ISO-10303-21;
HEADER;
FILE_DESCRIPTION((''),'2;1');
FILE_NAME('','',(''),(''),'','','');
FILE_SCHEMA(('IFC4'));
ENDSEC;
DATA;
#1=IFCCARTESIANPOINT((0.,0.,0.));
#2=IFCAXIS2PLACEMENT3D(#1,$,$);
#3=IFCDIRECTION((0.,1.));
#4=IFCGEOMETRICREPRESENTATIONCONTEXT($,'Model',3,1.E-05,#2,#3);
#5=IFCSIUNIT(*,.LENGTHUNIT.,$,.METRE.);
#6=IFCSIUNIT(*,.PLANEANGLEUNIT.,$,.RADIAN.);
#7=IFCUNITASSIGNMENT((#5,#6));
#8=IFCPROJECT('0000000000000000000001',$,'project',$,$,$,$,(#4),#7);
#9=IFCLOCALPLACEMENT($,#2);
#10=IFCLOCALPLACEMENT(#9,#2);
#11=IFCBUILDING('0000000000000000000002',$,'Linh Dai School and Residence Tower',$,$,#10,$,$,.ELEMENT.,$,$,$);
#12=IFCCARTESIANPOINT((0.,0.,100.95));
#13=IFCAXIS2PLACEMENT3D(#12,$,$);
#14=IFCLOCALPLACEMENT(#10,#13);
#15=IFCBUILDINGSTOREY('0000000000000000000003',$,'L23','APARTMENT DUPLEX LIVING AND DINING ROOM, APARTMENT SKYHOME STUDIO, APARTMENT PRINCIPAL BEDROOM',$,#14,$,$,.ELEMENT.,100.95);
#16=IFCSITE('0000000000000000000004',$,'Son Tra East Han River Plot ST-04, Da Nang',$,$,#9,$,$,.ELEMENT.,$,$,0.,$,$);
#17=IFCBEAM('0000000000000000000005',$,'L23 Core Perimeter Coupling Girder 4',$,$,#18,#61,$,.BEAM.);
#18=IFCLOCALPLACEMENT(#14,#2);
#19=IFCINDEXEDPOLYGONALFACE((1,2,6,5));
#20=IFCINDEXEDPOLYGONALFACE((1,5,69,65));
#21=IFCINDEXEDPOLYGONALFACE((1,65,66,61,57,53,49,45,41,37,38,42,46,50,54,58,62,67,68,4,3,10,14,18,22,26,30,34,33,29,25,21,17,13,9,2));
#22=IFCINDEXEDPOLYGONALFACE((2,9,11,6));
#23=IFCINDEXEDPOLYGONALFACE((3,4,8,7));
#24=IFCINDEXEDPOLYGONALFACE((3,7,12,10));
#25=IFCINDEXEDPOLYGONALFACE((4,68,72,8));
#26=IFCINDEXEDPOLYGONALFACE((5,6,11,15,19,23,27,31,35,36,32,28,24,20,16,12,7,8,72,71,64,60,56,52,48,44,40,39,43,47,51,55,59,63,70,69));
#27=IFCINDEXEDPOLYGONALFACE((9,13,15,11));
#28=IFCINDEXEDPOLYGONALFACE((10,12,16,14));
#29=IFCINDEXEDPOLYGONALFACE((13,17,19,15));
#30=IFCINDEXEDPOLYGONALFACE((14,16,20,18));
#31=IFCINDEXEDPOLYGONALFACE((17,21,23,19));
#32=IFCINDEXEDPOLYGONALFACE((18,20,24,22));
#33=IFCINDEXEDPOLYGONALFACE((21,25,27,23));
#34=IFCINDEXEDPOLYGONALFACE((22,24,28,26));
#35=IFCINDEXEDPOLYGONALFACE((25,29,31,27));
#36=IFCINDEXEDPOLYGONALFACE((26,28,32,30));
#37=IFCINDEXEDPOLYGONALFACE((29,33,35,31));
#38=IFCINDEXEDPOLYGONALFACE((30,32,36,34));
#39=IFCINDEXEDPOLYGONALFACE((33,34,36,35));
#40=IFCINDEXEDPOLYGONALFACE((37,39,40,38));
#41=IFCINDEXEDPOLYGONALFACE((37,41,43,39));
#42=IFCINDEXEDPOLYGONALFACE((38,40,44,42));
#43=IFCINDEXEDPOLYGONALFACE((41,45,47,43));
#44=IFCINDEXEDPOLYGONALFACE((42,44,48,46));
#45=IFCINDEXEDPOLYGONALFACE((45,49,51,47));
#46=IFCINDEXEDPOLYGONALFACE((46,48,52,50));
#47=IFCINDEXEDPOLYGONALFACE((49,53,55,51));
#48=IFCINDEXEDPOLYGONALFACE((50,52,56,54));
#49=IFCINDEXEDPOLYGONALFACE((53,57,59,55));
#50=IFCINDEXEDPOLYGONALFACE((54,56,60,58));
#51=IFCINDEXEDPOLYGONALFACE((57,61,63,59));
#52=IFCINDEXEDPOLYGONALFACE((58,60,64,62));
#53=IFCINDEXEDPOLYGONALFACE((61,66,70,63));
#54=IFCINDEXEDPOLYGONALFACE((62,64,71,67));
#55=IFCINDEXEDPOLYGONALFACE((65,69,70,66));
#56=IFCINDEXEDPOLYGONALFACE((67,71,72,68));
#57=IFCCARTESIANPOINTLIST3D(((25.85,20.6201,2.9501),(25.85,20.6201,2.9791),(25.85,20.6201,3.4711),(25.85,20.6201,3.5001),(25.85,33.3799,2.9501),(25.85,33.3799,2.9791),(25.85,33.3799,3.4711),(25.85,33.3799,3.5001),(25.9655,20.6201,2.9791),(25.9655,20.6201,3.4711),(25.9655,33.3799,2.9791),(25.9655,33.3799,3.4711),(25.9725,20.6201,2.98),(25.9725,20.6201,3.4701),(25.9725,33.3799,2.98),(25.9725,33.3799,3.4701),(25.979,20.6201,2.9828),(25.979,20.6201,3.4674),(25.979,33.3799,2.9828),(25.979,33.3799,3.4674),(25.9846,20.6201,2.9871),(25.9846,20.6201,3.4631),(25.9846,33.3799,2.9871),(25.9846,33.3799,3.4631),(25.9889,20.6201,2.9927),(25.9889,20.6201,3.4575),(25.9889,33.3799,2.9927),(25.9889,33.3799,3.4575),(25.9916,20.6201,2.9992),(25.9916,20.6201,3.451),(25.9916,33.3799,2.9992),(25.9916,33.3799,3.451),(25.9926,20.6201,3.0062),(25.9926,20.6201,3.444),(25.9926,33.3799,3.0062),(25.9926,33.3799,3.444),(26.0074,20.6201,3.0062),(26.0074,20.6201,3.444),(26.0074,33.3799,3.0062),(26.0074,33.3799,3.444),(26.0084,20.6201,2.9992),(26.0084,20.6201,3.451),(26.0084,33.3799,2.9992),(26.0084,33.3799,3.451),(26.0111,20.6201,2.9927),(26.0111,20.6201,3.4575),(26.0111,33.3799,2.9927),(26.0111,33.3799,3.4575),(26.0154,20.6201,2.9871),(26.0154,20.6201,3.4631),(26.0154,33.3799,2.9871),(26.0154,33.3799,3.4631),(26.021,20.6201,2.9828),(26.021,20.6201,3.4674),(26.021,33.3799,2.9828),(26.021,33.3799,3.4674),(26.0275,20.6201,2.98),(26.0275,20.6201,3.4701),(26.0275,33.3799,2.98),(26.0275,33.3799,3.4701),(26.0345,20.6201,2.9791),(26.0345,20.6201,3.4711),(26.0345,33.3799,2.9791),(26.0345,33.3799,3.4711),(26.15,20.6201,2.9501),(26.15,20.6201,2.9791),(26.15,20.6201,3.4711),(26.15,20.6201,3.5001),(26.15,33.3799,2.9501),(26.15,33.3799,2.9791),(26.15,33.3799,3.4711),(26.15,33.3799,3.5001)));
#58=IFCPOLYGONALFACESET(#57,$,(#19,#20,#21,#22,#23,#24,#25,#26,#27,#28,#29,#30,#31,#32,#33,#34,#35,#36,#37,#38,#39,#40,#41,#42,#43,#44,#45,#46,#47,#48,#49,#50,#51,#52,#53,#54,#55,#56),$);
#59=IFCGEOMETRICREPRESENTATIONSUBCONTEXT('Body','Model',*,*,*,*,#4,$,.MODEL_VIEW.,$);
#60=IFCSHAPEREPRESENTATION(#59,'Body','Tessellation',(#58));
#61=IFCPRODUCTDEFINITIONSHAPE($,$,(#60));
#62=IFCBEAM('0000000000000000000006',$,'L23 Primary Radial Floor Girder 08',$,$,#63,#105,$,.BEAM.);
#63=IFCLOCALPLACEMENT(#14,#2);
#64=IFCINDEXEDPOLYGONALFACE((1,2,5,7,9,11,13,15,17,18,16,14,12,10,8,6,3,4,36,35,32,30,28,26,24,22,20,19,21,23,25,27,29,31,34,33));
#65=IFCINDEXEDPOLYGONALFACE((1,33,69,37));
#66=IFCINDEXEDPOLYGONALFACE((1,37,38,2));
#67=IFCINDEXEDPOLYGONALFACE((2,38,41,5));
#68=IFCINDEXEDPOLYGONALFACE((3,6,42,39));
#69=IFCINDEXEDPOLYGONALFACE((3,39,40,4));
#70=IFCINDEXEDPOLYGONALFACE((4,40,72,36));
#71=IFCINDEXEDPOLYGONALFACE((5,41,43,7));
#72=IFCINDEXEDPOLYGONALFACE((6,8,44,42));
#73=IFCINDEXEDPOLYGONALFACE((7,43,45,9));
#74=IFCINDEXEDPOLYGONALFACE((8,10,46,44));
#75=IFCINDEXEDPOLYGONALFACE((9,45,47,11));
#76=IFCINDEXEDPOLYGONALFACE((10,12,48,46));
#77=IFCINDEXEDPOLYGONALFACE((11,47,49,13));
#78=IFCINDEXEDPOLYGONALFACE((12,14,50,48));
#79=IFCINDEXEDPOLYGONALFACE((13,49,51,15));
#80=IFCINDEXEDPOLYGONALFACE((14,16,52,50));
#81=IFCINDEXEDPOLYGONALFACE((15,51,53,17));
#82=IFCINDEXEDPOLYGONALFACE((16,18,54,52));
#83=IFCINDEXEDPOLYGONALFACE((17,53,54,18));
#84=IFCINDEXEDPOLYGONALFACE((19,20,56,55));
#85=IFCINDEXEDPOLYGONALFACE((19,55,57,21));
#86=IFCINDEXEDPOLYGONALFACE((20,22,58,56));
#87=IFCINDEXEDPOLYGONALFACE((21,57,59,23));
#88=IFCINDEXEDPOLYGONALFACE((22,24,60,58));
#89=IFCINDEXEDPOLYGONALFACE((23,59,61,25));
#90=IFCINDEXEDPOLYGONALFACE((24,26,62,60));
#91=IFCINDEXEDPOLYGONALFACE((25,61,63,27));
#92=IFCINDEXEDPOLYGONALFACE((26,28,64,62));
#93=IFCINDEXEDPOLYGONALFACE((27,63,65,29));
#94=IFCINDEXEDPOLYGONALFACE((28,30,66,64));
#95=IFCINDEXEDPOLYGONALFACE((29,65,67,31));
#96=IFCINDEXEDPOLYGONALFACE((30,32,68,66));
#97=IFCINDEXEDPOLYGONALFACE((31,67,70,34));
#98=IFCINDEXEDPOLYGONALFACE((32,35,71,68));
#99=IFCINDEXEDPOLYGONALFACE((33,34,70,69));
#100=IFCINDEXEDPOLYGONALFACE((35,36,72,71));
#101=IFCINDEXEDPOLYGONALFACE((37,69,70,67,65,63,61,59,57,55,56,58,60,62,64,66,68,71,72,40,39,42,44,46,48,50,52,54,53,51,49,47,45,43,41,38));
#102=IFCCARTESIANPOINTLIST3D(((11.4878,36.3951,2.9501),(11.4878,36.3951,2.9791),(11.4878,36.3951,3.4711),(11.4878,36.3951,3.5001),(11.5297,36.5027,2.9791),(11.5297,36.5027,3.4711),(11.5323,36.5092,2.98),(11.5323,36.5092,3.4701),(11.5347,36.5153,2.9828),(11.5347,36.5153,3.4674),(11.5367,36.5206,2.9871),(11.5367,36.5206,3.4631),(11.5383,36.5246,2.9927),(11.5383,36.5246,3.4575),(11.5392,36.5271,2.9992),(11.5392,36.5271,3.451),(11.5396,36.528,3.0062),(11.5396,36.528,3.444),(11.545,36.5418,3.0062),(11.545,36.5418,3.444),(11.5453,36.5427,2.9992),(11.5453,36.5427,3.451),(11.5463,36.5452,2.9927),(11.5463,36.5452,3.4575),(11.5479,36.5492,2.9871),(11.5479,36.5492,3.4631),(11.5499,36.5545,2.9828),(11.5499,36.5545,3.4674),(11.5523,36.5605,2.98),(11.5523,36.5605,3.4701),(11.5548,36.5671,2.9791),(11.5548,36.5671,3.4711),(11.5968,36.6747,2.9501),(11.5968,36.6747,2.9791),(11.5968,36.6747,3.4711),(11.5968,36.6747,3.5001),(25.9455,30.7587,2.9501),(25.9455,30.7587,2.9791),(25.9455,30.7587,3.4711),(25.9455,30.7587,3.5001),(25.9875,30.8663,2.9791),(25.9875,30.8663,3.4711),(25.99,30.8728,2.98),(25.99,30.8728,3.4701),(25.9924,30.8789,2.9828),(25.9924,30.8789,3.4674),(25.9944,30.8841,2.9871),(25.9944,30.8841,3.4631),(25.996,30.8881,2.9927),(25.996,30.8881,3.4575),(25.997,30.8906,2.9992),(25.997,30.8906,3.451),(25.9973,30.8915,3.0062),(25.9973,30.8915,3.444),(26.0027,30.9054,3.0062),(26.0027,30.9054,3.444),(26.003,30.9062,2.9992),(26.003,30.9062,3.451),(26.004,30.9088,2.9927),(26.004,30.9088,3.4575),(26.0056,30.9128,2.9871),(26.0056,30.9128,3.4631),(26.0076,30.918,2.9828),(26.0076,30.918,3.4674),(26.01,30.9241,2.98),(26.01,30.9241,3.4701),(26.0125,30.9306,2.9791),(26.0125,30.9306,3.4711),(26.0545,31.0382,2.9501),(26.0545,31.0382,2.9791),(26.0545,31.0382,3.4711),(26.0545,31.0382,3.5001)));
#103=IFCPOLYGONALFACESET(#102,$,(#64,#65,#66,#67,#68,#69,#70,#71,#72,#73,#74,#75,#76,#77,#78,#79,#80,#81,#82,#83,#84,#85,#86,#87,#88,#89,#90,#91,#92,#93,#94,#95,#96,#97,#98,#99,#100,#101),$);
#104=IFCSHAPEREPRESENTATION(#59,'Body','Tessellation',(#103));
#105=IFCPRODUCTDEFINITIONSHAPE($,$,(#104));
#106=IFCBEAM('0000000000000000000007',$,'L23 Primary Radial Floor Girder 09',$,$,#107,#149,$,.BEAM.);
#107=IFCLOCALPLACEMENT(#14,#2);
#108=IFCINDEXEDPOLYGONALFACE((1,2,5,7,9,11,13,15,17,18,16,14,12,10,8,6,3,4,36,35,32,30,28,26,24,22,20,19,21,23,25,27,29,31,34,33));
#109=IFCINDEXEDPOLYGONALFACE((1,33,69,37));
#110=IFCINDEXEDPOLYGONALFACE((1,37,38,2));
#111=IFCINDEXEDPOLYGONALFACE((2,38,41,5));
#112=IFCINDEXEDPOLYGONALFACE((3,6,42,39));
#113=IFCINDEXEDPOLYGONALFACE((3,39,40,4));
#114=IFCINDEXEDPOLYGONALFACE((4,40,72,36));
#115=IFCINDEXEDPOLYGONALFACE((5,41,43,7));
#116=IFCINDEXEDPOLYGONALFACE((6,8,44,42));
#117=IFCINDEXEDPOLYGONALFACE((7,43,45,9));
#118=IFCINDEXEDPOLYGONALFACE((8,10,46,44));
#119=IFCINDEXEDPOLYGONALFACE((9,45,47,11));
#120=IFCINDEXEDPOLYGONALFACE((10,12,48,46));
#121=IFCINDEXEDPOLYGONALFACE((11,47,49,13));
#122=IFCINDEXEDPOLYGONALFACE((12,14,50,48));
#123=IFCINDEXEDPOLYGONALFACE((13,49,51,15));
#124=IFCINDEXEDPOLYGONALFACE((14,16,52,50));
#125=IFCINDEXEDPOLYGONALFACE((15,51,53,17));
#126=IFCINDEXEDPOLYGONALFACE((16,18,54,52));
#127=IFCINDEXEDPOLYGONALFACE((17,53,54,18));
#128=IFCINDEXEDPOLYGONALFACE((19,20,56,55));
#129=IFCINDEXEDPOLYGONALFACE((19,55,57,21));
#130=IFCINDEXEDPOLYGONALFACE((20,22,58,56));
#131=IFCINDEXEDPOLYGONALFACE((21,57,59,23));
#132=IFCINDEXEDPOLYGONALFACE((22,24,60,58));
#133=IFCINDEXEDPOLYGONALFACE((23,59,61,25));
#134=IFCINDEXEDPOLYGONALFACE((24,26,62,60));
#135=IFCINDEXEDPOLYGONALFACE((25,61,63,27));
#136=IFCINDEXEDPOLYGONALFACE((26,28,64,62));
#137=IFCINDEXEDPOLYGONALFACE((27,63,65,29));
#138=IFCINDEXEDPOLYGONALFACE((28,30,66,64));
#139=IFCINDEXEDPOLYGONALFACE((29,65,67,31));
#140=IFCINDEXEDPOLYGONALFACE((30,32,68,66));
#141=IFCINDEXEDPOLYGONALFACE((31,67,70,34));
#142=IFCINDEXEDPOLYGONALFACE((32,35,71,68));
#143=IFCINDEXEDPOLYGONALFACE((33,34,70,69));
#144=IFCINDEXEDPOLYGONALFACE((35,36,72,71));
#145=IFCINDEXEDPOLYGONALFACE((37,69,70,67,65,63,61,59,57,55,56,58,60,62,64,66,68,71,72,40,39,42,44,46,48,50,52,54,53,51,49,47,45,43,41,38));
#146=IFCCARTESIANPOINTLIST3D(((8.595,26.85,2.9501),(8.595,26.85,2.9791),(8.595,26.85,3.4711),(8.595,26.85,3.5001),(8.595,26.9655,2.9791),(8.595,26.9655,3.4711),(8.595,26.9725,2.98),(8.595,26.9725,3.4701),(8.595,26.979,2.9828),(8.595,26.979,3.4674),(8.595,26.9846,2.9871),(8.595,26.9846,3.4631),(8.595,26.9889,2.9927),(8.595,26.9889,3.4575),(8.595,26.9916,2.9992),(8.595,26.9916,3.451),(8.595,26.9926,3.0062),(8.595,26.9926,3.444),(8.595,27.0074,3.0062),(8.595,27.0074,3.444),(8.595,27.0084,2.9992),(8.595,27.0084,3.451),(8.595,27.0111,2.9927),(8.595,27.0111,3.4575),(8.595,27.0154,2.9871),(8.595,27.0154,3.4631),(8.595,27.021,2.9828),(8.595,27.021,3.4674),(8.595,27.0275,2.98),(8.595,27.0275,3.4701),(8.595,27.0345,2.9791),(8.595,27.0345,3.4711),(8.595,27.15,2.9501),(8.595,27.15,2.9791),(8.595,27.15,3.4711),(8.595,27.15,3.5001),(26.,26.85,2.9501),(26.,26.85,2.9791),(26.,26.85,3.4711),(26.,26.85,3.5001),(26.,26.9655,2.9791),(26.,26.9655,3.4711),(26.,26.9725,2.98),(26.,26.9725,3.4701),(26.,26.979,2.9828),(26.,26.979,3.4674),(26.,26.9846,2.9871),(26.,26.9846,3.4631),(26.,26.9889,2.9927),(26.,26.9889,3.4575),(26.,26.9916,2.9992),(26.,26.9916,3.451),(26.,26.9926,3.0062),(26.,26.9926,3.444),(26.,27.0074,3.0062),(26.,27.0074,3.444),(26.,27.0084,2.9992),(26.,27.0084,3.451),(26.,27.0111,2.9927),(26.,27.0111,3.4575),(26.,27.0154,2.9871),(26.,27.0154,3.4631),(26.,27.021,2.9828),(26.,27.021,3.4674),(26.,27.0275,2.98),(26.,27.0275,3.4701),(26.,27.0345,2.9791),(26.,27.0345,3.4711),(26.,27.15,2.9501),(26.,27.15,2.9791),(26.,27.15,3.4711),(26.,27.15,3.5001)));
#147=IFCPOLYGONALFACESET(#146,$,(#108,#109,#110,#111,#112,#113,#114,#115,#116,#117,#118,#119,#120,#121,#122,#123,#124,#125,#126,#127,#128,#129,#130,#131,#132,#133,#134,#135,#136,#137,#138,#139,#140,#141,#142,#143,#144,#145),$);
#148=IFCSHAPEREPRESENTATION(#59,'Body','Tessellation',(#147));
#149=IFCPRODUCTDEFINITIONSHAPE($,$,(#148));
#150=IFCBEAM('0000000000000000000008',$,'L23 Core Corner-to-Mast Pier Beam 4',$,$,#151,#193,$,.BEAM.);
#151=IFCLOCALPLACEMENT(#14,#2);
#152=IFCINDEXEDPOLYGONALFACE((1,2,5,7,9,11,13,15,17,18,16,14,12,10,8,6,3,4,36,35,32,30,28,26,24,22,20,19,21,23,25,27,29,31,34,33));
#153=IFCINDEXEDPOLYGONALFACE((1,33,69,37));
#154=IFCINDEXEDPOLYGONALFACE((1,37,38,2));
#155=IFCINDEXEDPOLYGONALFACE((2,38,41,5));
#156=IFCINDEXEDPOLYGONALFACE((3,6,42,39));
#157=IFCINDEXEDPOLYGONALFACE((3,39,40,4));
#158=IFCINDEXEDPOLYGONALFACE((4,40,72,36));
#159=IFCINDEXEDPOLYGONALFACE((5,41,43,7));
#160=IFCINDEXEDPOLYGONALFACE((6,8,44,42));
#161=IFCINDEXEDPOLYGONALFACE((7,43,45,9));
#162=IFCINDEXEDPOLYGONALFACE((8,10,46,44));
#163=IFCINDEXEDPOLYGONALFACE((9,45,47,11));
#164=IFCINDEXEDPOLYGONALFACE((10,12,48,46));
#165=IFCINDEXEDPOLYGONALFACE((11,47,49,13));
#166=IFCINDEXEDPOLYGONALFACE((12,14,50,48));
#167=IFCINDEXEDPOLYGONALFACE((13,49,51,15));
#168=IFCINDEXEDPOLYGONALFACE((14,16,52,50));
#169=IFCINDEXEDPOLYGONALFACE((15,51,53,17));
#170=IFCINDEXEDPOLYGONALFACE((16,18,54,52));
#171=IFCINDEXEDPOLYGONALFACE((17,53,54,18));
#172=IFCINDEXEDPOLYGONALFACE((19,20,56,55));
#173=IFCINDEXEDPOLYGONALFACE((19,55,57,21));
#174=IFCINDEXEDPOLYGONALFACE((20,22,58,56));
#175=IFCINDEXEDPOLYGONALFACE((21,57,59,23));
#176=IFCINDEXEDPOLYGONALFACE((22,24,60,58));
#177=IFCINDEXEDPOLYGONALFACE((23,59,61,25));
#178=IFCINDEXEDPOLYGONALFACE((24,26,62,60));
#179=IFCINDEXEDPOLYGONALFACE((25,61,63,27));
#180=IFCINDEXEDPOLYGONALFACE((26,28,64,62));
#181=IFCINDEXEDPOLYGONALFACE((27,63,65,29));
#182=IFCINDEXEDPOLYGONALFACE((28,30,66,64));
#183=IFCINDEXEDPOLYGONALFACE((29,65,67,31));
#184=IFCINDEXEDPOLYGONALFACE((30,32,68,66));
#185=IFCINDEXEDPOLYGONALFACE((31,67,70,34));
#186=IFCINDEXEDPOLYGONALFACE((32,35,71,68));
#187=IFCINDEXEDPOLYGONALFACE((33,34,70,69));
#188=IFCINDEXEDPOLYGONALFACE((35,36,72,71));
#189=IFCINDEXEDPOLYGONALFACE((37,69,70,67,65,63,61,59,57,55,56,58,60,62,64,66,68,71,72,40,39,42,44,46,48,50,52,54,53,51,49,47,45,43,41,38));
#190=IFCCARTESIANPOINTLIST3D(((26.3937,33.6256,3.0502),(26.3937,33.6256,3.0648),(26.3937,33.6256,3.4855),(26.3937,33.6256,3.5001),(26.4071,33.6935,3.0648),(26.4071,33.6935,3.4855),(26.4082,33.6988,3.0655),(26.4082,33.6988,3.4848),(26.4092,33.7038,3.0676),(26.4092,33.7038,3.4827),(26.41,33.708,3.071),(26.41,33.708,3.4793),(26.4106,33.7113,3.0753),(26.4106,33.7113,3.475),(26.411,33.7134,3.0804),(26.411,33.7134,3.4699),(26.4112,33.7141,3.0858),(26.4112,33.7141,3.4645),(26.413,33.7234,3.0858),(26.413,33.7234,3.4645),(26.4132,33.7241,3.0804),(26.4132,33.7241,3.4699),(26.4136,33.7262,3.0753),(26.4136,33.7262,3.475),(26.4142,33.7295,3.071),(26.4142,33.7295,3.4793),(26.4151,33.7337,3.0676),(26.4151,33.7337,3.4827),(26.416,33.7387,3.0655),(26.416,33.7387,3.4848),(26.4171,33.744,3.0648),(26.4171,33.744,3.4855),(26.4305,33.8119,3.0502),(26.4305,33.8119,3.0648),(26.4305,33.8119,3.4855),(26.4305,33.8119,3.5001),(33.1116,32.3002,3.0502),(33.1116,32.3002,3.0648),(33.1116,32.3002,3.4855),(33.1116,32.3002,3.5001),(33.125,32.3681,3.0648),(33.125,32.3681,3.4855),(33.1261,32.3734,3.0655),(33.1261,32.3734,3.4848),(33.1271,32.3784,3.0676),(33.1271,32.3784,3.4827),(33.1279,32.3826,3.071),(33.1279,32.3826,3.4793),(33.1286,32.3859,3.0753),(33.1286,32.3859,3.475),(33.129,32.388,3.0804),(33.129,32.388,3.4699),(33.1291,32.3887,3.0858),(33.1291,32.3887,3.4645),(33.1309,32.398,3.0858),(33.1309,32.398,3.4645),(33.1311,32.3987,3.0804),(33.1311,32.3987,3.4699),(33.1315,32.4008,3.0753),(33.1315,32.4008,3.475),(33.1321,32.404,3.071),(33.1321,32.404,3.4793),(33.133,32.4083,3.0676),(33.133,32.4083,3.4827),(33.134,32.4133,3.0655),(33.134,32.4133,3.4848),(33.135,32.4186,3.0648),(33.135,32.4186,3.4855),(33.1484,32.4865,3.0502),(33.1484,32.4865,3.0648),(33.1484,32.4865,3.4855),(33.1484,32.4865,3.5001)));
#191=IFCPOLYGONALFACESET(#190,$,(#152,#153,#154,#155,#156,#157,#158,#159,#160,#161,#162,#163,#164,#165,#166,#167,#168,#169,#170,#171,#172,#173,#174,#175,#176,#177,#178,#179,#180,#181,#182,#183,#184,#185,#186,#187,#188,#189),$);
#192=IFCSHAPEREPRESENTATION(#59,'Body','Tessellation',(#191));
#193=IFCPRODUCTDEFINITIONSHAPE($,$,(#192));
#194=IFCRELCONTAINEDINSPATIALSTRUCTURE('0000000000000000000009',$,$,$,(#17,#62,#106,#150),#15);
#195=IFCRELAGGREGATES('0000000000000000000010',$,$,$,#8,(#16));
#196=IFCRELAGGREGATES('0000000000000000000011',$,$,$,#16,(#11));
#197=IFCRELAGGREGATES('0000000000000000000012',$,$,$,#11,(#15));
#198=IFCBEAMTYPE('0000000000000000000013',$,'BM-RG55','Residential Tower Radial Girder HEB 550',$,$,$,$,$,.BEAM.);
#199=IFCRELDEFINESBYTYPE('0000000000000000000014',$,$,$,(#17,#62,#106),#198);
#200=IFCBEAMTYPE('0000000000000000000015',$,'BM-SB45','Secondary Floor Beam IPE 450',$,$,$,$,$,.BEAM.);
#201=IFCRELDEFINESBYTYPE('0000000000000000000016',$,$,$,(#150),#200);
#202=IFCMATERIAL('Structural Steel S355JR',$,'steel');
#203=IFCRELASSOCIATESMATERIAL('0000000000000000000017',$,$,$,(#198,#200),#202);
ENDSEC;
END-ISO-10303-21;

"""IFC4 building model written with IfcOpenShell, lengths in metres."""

from ifc_helpers import new_model, si_unit, direction, frame, origin, origin_2d, place, context, subcontext, project, spatial, i_section, extrude, material, material_profile, profile_set, type_object, element, save


model = new_model("IFC4")

# Units and contexts
model_context = context("Model", 3, precision=1e-05, world=origin(), true_north=direction((0.0, 1.0)))
body_context = subcontext(model_context, "Body", "Model", "MODEL_VIEW")
ifc_project = project(units=[si_unit("LENGTHUNIT", "METRE"), si_unit("PLANEANGLEUNIT", "RADIAN")], contexts=[model_context])

# Site, building, storey
site_placement = place(None, origin())
site = spatial("IfcSite", under=ifc_project, at=site_placement, Name="Son Tra East Han River Plot ST-04, Da Nang", CompositionType="ELEMENT", RefElevation=0.0)
building_placement = place(site_placement, origin())
building = spatial("IfcBuilding", under=site, at=building_placement, Name="Linh Dai School and Residence Tower", CompositionType="ELEMENT")
storey_placement = place(building_placement, frame((0.0, 0.0, 100.95)))
storey = spatial("IfcBuildingStorey", under=building, at=storey_placement, Name="L23", Description="APARTMENT DUPLEX LIVING AND DINING ROOM, APARTMENT SKYHOME STUDIO, APARTMENT PRINCIPAL BEDROOM", CompositionType="ELEMENT", Elevation=100.95)

# Shared definitions
ifc_material_1 = material(Name="Structural Steel S355JR", Category="steel")

# Beams
ifc_material_profile_1 = material_profile(ifc_material_1, i_section(OverallWidth=0.3, OverallDepth=0.55, WebThickness=0.0149, FlangeThickness=0.0291, FilletRadius=0.0271, at=origin_2d()), Name="HEB 550")
ifc_profile_set_1 = profile_set([ifc_material_profile_1], Name="Structural Steel S355JR")
beam_type_1 = type_object("IfcBeamType", Name="BM-RG55", Description="Residential Tower Radial Girder HEB 550", PredefinedType="BEAM", material=ifc_profile_set_1)
beam_1_placement = place(storey_placement, frame((26.0, 33.3799, 3.2251), z_axis=(0.0, -1.0, 0.0), x_axis=(1.0, 0.0, 0.0)))
element("IfcBeam", 1, at=beam_1_placement, inside=storey, type_object=beam_type_1, Name="L23 Core Perimeter Coupling Girder 4", PredefinedType="BEAM", context=body_context, shape_type="SweptSolid", body=[
    extrude(i_section(OverallWidth=0.3, OverallDepth=0.55, WebThickness=0.0149, FlangeThickness=0.0291, FilletRadius=0.0271, at=origin_2d()), origin(), (0.0, 0.0, 1.0), 12.7598),
])
beam_2_placement = place(storey_placement, frame((26.0, 30.8984, 3.2251), z_axis=(-0.931699, 0.36323, 0.0), x_axis=(-0.36323, -0.931699, 0.0)))
element("IfcBeam", 2, at=beam_2_placement, inside=storey, type_object=beam_type_1, Name="L23 Primary Radial Floor Girder 08", PredefinedType="BEAM", context=body_context, shape_type="SweptSolid", body=[
    extrude(i_section(OverallWidth=0.3, OverallDepth=0.55, WebThickness=0.0149, FlangeThickness=0.0291, FilletRadius=0.0271, at=origin_2d()), origin(), (0.0, 0.0, 1.0), 15.5176),
])
beam_3_placement = place(storey_placement, frame((26.0, 27.0, 3.2251), z_axis=(-1.0, 0.0, 0.0), x_axis=(0.0, -1.0, 0.0)))
element("IfcBeam", 3, at=beam_3_placement, inside=storey, type_object=beam_type_1, Name="L23 Primary Radial Floor Girder 09", PredefinedType="BEAM", context=body_context, shape_type="SweptSolid", body=[
    extrude(i_section(OverallWidth=0.3, OverallDepth=0.55, WebThickness=0.0149, FlangeThickness=0.0291, FilletRadius=0.0271, at=origin_2d()), origin(), (0.0, 0.0, 1.0), 17.405),
])
ifc_material_profile_2 = material_profile(ifc_material_1, i_section(OverallWidth=0.1899, OverallDepth=0.45, WebThickness=0.0095, FlangeThickness=0.0146, FilletRadius=0.021, at=origin_2d()), Name="IPE 450")
ifc_profile_set_2 = profile_set([ifc_material_profile_2], Name="Structural Steel S355JR")
beam_type_2 = type_object("IfcBeamType", Name="BM-SB45", Description="Secondary Floor Beam IPE 450", PredefinedType="BEAM", material=ifc_profile_set_2)
beam_4_placement = place(storey_placement, frame((26.4121, 33.7188, 3.2751), z_axis=(0.981087, -0.193565, 0.0), x_axis=(0.193565, 0.981087, 0.0)))
element("IfcBeam", 4, at=beam_4_placement, inside=storey, type_object=beam_type_2, Name="L23 Core Corner-to-Mast Pier Beam 4", PredefinedType="BEAM", context=body_context, shape_type="SweptSolid", body=[
    extrude(i_section(OverallWidth=0.1899, OverallDepth=0.45, WebThickness=0.0095, FlangeThickness=0.0146, FilletRadius=0.021, at=origin_2d()), origin(), (0.0, 0.0, 1.0), 6.8474),
])

save(model, "model.ifc")
